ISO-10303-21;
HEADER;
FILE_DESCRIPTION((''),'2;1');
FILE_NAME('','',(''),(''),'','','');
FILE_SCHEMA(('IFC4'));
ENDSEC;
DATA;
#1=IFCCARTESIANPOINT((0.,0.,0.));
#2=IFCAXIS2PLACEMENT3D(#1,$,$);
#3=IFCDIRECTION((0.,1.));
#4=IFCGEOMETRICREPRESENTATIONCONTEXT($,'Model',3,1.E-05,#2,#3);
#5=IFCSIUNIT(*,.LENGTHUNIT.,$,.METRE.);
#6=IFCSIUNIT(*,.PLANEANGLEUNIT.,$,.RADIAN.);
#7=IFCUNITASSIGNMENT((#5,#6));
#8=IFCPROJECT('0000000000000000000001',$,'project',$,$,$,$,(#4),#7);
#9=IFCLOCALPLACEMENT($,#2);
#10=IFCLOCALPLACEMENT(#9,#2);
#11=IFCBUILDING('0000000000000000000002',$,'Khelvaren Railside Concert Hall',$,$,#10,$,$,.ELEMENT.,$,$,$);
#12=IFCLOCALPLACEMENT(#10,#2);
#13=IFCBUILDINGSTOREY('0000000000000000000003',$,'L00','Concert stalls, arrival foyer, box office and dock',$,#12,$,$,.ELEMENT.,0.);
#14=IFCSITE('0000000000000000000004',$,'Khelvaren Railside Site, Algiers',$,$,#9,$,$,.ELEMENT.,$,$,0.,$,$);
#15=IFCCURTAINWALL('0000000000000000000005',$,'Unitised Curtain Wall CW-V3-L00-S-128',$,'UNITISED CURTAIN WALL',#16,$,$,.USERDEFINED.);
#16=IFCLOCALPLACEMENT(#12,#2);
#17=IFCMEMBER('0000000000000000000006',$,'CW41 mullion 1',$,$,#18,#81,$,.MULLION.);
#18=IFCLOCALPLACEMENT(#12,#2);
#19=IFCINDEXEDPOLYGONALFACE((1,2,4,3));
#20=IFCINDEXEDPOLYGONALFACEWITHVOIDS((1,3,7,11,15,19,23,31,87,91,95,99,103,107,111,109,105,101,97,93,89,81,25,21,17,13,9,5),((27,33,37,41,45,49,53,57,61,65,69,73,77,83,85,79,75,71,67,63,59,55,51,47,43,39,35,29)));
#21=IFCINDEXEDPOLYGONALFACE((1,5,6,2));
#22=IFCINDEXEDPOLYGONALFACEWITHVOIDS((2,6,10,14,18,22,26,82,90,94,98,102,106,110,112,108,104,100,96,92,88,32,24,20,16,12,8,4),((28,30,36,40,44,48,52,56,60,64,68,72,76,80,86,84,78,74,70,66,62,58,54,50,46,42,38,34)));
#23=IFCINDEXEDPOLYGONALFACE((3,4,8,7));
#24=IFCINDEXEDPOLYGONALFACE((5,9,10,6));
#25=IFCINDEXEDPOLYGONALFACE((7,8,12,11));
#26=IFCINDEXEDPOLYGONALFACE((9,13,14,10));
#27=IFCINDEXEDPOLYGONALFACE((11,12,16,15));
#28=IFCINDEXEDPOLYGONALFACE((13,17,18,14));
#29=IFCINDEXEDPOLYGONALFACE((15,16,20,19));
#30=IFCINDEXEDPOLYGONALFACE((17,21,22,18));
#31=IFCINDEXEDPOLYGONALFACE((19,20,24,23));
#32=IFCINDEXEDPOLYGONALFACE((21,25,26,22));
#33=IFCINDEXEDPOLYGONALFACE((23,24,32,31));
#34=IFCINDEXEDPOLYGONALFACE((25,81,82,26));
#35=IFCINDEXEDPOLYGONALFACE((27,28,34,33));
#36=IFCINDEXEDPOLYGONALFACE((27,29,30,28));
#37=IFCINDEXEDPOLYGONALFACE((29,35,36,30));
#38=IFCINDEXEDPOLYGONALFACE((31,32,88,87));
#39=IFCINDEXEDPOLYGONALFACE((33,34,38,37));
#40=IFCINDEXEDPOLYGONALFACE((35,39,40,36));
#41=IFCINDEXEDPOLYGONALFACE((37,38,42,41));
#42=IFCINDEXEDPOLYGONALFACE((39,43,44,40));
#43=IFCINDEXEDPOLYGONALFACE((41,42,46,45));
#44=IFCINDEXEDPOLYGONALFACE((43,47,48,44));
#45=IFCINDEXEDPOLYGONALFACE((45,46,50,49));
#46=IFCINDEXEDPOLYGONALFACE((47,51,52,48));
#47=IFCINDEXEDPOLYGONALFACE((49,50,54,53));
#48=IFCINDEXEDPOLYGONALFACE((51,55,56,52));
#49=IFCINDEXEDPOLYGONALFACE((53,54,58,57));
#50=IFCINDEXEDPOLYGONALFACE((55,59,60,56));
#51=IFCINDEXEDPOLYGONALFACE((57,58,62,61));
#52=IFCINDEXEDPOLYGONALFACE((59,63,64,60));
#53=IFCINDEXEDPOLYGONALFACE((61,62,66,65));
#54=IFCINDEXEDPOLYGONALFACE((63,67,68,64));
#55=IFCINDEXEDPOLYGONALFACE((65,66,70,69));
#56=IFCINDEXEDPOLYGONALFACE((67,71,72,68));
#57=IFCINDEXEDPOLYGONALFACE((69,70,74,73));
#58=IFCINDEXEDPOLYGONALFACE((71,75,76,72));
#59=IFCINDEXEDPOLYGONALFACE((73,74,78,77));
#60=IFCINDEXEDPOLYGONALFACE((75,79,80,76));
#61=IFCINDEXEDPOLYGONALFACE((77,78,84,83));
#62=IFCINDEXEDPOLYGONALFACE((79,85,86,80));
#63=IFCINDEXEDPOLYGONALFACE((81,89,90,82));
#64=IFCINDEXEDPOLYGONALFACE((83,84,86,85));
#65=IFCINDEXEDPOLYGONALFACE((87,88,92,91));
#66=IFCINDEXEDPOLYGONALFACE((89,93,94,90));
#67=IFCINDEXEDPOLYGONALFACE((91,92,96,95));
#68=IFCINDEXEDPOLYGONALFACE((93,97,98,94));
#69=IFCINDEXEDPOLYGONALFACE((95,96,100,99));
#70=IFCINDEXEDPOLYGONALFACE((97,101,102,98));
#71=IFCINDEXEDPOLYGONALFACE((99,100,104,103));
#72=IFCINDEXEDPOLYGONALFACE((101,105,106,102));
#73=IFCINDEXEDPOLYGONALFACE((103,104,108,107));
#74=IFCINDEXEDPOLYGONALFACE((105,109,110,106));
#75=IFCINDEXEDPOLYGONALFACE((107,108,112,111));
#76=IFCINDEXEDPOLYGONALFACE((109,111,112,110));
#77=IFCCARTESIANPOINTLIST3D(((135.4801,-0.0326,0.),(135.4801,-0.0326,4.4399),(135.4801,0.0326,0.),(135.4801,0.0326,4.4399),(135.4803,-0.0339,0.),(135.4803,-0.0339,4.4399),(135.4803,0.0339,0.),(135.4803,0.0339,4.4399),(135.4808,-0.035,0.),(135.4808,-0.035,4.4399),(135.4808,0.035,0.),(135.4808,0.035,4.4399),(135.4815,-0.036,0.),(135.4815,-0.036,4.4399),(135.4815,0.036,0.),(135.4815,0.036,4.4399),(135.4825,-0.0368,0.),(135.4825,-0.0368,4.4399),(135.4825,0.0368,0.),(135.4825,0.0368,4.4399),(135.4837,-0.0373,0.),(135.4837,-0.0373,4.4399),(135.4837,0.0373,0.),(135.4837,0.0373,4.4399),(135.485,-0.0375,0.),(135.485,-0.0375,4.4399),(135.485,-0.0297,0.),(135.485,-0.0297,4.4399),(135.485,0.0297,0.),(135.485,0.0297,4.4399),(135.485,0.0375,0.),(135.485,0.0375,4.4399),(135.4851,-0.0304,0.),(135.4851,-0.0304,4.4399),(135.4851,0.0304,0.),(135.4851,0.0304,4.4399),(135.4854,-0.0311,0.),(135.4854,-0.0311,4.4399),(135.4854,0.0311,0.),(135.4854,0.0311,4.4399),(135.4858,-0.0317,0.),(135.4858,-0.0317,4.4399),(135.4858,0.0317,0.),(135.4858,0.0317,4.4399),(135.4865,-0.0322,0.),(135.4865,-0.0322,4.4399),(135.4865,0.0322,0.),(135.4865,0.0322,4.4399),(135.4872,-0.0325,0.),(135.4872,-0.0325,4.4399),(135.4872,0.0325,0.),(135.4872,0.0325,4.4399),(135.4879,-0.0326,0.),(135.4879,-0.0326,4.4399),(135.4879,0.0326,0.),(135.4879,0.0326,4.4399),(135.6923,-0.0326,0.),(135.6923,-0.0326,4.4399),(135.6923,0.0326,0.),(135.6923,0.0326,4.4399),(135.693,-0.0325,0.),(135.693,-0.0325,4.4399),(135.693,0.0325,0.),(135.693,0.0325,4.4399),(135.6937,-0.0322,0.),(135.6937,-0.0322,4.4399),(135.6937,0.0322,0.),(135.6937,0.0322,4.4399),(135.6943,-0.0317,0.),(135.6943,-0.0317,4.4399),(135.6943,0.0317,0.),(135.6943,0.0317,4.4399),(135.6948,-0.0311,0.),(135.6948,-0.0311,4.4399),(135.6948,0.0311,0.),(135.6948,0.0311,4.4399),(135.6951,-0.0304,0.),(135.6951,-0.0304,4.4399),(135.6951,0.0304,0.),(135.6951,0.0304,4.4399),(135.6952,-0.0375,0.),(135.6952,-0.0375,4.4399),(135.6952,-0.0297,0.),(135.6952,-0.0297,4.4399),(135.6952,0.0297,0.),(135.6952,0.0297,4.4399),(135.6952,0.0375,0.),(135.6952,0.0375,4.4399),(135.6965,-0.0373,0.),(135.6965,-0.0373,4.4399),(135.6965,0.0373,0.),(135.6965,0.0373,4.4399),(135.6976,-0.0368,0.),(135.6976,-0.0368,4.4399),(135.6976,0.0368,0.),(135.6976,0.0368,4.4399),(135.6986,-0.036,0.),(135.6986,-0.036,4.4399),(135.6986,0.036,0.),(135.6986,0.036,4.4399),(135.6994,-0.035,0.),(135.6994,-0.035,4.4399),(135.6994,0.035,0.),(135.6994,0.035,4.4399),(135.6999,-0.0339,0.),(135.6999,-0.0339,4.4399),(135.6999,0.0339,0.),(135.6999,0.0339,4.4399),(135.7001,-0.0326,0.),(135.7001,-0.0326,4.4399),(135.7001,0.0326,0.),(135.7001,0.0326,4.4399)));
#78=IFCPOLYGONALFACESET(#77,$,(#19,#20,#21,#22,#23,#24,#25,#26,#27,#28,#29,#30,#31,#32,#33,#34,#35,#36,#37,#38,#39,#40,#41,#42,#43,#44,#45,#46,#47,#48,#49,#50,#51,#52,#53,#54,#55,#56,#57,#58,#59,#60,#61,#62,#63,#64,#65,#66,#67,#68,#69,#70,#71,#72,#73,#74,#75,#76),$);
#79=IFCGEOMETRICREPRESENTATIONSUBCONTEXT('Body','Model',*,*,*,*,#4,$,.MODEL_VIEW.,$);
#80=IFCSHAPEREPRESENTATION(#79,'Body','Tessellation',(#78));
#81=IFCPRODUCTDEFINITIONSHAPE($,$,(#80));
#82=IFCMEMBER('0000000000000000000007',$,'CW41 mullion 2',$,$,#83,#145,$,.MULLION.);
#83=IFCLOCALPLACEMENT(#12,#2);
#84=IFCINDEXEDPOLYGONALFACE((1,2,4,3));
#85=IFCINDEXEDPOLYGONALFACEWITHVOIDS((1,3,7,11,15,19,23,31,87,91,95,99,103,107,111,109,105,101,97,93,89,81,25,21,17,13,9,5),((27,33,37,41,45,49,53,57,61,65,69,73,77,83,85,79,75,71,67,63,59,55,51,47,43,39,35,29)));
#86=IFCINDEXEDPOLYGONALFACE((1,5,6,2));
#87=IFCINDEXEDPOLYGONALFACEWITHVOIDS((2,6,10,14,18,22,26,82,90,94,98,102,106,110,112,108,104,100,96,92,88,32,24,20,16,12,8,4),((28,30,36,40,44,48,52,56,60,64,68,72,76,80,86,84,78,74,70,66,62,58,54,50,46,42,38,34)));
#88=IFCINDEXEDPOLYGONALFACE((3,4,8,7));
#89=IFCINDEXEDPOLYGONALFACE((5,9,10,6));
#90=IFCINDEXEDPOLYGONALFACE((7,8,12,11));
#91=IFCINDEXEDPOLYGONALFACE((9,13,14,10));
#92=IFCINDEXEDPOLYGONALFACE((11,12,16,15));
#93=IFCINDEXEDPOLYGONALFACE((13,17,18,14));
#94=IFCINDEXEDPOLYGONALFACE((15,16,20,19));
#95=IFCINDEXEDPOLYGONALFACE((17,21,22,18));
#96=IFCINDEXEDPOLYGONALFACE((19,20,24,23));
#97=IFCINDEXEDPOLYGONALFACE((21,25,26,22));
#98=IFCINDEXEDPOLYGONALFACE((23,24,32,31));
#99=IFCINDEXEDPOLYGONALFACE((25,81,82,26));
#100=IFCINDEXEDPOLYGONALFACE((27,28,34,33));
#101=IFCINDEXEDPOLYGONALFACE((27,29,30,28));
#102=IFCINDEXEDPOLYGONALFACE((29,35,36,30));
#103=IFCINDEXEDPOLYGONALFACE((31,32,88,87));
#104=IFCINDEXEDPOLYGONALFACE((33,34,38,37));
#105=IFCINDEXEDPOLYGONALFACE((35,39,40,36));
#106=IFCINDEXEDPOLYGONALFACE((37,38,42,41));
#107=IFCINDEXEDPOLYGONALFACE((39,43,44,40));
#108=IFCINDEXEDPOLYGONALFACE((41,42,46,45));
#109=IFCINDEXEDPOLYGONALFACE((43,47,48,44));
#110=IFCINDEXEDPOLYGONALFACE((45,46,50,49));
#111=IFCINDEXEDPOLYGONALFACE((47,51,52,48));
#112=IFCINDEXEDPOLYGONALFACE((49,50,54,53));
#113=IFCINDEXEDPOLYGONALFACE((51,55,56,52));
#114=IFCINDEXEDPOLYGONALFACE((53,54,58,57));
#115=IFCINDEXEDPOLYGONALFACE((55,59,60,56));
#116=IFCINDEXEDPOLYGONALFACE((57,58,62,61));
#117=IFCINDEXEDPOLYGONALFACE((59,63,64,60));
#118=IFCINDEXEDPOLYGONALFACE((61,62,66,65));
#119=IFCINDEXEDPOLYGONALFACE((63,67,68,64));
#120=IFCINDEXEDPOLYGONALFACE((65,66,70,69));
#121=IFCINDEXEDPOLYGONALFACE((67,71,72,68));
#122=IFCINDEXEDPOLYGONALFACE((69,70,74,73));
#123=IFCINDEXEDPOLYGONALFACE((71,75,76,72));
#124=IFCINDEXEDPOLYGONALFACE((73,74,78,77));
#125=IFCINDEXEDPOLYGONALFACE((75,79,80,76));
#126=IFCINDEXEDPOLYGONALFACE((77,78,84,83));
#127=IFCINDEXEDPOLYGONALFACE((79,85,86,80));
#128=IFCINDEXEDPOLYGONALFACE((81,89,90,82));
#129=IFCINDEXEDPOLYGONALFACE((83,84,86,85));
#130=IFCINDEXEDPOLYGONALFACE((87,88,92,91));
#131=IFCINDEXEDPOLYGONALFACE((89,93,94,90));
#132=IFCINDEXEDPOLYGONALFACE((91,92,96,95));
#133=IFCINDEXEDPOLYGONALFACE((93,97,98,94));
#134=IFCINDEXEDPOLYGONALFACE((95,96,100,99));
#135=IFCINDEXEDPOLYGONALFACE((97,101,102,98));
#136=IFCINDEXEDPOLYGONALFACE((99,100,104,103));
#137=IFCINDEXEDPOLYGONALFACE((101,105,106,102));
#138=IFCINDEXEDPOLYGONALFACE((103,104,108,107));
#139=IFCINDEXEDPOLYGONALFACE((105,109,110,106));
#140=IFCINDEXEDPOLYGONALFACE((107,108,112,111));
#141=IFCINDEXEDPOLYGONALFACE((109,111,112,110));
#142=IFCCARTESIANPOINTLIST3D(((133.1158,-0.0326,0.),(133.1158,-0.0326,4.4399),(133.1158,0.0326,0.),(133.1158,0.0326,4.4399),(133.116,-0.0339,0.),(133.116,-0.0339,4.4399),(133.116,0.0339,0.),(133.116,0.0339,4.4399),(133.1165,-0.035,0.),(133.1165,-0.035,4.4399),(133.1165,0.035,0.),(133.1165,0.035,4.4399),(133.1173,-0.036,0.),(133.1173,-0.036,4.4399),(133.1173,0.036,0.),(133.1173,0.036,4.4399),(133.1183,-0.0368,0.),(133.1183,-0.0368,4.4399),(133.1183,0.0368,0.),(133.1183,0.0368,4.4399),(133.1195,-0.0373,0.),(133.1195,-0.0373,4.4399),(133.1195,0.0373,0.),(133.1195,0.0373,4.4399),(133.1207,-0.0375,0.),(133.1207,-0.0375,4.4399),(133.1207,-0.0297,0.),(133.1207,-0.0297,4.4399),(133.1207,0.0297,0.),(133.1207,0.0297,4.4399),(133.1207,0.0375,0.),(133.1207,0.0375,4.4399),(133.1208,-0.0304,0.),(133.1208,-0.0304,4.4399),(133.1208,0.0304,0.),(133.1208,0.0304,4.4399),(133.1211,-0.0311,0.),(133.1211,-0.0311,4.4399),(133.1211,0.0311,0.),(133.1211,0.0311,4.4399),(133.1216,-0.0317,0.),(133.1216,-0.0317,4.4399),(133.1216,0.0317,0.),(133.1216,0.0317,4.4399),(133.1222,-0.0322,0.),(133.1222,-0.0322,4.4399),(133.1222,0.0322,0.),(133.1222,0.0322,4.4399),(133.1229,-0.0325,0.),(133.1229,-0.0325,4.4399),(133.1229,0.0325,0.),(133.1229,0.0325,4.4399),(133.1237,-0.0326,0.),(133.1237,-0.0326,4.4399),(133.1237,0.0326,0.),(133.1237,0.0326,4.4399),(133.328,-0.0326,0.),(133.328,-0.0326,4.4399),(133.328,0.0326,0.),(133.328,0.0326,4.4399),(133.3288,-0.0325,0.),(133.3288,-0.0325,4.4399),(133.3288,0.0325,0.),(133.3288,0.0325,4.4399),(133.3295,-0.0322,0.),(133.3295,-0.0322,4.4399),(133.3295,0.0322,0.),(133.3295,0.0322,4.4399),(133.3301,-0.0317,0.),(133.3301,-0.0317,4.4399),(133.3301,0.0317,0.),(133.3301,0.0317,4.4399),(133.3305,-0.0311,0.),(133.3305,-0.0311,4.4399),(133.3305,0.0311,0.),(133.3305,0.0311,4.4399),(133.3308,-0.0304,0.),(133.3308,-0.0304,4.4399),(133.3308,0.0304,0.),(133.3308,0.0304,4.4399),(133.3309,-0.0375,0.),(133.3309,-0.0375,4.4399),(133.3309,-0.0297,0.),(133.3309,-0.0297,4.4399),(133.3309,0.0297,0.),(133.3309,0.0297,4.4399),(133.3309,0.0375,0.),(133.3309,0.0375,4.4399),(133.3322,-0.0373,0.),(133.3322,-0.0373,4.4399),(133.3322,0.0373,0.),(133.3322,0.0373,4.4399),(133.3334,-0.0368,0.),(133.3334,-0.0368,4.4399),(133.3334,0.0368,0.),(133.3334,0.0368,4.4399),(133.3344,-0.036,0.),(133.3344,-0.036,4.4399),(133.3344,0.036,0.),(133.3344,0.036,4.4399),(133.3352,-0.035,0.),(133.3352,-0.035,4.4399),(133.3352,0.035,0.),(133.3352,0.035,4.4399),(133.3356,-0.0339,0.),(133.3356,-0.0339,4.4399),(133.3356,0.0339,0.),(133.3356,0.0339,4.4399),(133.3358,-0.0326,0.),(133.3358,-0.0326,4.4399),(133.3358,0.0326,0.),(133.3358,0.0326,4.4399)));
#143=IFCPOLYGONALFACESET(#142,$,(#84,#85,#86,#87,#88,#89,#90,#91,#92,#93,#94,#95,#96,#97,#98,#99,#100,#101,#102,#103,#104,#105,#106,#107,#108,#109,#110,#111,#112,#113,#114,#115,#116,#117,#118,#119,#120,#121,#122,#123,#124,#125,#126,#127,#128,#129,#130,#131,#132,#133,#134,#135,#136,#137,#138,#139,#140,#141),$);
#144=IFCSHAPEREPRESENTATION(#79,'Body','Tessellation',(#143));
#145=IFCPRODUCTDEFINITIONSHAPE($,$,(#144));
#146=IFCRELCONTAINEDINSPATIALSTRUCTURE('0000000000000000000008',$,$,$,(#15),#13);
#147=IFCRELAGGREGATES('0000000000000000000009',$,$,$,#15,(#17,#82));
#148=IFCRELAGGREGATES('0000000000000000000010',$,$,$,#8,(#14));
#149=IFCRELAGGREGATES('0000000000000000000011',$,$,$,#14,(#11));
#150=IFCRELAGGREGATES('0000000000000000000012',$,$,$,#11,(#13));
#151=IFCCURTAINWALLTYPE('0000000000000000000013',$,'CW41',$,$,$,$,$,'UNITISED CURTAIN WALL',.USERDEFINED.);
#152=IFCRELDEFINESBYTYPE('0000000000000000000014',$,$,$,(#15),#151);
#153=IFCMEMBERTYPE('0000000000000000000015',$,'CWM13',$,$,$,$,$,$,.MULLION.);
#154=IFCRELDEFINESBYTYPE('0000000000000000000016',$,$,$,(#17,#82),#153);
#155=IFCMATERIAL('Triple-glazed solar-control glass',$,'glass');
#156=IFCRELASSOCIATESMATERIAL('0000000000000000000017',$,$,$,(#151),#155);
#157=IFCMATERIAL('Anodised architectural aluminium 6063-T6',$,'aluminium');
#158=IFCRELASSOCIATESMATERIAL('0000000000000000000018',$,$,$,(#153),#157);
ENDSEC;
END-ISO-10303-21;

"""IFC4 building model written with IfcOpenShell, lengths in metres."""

from ifc_helpers import new_model, si_unit, direction, frame, origin, origin_2d, place, context, subcontext, project, spatial, hollow_rectangle, extrude, material, material_profile, profile_set, type_object, element, aggregate, save


model = new_model("IFC4")

# Units and contexts
model_context = context("Model", 3, precision=1e-05, world=origin(), true_north=direction((0.0, 1.0)))
body_context = subcontext(model_context, "Body", "Model", "MODEL_VIEW")
ifc_project = project(units=[si_unit("LENGTHUNIT", "METRE"), si_unit("PLANEANGLEUNIT", "RADIAN")], contexts=[model_context])

# Site, building, storey
site_placement = place(None, origin())
site = spatial("IfcSite", under=ifc_project, at=site_placement, Name="Khelvaren Railside Site, Algiers", CompositionType="ELEMENT", RefElevation=0.0)
building_placement = place(site_placement, origin())
building = spatial("IfcBuilding", under=site, at=building_placement, Name="Khelvaren Railside Concert Hall", CompositionType="ELEMENT")
storey_placement = place(building_placement, origin())
storey = spatial("IfcBuildingStorey", under=building, at=storey_placement, Name="L00", Description="Concert stalls, arrival foyer, box office and dock", CompositionType="ELEMENT", Elevation=0.0)

# Curtain wall, members
ifc_material_1 = material(Name="Triple-glazed solar-control glass", Category="glass")
curtain_wall_type = type_object("IfcCurtainWallType", Name="CW41", ElementType="UNITISED CURTAIN WALL", PredefinedType="USERDEFINED", material=ifc_material_1)
curtain_wall_placement = place(storey_placement, origin())
curtain_wall = element("IfcCurtainWall", 1, at=curtain_wall_placement, inside=storey, type_object=curtain_wall_type, Name="Unitised Curtain Wall CW-V3-L00-S-128", ObjectType="UNITISED CURTAIN WALL", PredefinedType="USERDEFINED")
ifc_material_2 = material(Name="Anodised architectural aluminium 6063-T6", Category="aluminium")
ifc_material_profile_1 = material_profile(ifc_material_2, hollow_rectangle(XDim=0.075, YDim=0.22, WallThickness=0.0049, InnerFilletRadius=0.0029, OuterFilletRadius=0.0049, at=origin_2d()), Name="CWM 75x220x5")
ifc_profile_set_1 = profile_set([ifc_material_profile_1], Name="Anodised architectural aluminium 6063-T6")
member_type_1 = type_object("IfcMemberType", Name="CWM13", PredefinedType="MULLION", material=ifc_profile_set_1)
member_1_placement = place(storey_placement, frame((135.5901, 0.0, 0.0), z_axis=(0.0, 0.0, 1.0), x_axis=(0.0, -1.0, 0.0)))
member_1 = element("IfcMember", 2, at=member_1_placement, type_object=member_type_1, Name="CW41 mullion 1", PredefinedType="MULLION", context=body_context, shape_type="SweptSolid", body=[
    extrude(hollow_rectangle(XDim=0.075, YDim=0.22, WallThickness=0.0049, InnerFilletRadius=0.0029, OuterFilletRadius=0.0049, at=origin_2d()), origin(), (0.0, 0.0, 1.0), 4.4399),
])
member_2_placement = place(storey_placement, frame((133.2258, 0.0, 0.0), z_axis=(0.0, 0.0, 1.0), x_axis=(0.0, -1.0, 0.0)))
member_2 = element("IfcMember", 3, at=member_2_placement, type_object=member_type_1, Name="CW41 mullion 2", PredefinedType="MULLION", context=body_context, shape_type="SweptSolid", body=[
    extrude(hollow_rectangle(XDim=0.075, YDim=0.22, WallThickness=0.0049, InnerFilletRadius=0.0029, OuterFilletRadius=0.0049, at=origin_2d()), origin(), (0.0, 0.0, 1.0), 4.4399),
])

aggregate(curtain_wall, [member_1, member_2])

save(model, "model.ifc")
